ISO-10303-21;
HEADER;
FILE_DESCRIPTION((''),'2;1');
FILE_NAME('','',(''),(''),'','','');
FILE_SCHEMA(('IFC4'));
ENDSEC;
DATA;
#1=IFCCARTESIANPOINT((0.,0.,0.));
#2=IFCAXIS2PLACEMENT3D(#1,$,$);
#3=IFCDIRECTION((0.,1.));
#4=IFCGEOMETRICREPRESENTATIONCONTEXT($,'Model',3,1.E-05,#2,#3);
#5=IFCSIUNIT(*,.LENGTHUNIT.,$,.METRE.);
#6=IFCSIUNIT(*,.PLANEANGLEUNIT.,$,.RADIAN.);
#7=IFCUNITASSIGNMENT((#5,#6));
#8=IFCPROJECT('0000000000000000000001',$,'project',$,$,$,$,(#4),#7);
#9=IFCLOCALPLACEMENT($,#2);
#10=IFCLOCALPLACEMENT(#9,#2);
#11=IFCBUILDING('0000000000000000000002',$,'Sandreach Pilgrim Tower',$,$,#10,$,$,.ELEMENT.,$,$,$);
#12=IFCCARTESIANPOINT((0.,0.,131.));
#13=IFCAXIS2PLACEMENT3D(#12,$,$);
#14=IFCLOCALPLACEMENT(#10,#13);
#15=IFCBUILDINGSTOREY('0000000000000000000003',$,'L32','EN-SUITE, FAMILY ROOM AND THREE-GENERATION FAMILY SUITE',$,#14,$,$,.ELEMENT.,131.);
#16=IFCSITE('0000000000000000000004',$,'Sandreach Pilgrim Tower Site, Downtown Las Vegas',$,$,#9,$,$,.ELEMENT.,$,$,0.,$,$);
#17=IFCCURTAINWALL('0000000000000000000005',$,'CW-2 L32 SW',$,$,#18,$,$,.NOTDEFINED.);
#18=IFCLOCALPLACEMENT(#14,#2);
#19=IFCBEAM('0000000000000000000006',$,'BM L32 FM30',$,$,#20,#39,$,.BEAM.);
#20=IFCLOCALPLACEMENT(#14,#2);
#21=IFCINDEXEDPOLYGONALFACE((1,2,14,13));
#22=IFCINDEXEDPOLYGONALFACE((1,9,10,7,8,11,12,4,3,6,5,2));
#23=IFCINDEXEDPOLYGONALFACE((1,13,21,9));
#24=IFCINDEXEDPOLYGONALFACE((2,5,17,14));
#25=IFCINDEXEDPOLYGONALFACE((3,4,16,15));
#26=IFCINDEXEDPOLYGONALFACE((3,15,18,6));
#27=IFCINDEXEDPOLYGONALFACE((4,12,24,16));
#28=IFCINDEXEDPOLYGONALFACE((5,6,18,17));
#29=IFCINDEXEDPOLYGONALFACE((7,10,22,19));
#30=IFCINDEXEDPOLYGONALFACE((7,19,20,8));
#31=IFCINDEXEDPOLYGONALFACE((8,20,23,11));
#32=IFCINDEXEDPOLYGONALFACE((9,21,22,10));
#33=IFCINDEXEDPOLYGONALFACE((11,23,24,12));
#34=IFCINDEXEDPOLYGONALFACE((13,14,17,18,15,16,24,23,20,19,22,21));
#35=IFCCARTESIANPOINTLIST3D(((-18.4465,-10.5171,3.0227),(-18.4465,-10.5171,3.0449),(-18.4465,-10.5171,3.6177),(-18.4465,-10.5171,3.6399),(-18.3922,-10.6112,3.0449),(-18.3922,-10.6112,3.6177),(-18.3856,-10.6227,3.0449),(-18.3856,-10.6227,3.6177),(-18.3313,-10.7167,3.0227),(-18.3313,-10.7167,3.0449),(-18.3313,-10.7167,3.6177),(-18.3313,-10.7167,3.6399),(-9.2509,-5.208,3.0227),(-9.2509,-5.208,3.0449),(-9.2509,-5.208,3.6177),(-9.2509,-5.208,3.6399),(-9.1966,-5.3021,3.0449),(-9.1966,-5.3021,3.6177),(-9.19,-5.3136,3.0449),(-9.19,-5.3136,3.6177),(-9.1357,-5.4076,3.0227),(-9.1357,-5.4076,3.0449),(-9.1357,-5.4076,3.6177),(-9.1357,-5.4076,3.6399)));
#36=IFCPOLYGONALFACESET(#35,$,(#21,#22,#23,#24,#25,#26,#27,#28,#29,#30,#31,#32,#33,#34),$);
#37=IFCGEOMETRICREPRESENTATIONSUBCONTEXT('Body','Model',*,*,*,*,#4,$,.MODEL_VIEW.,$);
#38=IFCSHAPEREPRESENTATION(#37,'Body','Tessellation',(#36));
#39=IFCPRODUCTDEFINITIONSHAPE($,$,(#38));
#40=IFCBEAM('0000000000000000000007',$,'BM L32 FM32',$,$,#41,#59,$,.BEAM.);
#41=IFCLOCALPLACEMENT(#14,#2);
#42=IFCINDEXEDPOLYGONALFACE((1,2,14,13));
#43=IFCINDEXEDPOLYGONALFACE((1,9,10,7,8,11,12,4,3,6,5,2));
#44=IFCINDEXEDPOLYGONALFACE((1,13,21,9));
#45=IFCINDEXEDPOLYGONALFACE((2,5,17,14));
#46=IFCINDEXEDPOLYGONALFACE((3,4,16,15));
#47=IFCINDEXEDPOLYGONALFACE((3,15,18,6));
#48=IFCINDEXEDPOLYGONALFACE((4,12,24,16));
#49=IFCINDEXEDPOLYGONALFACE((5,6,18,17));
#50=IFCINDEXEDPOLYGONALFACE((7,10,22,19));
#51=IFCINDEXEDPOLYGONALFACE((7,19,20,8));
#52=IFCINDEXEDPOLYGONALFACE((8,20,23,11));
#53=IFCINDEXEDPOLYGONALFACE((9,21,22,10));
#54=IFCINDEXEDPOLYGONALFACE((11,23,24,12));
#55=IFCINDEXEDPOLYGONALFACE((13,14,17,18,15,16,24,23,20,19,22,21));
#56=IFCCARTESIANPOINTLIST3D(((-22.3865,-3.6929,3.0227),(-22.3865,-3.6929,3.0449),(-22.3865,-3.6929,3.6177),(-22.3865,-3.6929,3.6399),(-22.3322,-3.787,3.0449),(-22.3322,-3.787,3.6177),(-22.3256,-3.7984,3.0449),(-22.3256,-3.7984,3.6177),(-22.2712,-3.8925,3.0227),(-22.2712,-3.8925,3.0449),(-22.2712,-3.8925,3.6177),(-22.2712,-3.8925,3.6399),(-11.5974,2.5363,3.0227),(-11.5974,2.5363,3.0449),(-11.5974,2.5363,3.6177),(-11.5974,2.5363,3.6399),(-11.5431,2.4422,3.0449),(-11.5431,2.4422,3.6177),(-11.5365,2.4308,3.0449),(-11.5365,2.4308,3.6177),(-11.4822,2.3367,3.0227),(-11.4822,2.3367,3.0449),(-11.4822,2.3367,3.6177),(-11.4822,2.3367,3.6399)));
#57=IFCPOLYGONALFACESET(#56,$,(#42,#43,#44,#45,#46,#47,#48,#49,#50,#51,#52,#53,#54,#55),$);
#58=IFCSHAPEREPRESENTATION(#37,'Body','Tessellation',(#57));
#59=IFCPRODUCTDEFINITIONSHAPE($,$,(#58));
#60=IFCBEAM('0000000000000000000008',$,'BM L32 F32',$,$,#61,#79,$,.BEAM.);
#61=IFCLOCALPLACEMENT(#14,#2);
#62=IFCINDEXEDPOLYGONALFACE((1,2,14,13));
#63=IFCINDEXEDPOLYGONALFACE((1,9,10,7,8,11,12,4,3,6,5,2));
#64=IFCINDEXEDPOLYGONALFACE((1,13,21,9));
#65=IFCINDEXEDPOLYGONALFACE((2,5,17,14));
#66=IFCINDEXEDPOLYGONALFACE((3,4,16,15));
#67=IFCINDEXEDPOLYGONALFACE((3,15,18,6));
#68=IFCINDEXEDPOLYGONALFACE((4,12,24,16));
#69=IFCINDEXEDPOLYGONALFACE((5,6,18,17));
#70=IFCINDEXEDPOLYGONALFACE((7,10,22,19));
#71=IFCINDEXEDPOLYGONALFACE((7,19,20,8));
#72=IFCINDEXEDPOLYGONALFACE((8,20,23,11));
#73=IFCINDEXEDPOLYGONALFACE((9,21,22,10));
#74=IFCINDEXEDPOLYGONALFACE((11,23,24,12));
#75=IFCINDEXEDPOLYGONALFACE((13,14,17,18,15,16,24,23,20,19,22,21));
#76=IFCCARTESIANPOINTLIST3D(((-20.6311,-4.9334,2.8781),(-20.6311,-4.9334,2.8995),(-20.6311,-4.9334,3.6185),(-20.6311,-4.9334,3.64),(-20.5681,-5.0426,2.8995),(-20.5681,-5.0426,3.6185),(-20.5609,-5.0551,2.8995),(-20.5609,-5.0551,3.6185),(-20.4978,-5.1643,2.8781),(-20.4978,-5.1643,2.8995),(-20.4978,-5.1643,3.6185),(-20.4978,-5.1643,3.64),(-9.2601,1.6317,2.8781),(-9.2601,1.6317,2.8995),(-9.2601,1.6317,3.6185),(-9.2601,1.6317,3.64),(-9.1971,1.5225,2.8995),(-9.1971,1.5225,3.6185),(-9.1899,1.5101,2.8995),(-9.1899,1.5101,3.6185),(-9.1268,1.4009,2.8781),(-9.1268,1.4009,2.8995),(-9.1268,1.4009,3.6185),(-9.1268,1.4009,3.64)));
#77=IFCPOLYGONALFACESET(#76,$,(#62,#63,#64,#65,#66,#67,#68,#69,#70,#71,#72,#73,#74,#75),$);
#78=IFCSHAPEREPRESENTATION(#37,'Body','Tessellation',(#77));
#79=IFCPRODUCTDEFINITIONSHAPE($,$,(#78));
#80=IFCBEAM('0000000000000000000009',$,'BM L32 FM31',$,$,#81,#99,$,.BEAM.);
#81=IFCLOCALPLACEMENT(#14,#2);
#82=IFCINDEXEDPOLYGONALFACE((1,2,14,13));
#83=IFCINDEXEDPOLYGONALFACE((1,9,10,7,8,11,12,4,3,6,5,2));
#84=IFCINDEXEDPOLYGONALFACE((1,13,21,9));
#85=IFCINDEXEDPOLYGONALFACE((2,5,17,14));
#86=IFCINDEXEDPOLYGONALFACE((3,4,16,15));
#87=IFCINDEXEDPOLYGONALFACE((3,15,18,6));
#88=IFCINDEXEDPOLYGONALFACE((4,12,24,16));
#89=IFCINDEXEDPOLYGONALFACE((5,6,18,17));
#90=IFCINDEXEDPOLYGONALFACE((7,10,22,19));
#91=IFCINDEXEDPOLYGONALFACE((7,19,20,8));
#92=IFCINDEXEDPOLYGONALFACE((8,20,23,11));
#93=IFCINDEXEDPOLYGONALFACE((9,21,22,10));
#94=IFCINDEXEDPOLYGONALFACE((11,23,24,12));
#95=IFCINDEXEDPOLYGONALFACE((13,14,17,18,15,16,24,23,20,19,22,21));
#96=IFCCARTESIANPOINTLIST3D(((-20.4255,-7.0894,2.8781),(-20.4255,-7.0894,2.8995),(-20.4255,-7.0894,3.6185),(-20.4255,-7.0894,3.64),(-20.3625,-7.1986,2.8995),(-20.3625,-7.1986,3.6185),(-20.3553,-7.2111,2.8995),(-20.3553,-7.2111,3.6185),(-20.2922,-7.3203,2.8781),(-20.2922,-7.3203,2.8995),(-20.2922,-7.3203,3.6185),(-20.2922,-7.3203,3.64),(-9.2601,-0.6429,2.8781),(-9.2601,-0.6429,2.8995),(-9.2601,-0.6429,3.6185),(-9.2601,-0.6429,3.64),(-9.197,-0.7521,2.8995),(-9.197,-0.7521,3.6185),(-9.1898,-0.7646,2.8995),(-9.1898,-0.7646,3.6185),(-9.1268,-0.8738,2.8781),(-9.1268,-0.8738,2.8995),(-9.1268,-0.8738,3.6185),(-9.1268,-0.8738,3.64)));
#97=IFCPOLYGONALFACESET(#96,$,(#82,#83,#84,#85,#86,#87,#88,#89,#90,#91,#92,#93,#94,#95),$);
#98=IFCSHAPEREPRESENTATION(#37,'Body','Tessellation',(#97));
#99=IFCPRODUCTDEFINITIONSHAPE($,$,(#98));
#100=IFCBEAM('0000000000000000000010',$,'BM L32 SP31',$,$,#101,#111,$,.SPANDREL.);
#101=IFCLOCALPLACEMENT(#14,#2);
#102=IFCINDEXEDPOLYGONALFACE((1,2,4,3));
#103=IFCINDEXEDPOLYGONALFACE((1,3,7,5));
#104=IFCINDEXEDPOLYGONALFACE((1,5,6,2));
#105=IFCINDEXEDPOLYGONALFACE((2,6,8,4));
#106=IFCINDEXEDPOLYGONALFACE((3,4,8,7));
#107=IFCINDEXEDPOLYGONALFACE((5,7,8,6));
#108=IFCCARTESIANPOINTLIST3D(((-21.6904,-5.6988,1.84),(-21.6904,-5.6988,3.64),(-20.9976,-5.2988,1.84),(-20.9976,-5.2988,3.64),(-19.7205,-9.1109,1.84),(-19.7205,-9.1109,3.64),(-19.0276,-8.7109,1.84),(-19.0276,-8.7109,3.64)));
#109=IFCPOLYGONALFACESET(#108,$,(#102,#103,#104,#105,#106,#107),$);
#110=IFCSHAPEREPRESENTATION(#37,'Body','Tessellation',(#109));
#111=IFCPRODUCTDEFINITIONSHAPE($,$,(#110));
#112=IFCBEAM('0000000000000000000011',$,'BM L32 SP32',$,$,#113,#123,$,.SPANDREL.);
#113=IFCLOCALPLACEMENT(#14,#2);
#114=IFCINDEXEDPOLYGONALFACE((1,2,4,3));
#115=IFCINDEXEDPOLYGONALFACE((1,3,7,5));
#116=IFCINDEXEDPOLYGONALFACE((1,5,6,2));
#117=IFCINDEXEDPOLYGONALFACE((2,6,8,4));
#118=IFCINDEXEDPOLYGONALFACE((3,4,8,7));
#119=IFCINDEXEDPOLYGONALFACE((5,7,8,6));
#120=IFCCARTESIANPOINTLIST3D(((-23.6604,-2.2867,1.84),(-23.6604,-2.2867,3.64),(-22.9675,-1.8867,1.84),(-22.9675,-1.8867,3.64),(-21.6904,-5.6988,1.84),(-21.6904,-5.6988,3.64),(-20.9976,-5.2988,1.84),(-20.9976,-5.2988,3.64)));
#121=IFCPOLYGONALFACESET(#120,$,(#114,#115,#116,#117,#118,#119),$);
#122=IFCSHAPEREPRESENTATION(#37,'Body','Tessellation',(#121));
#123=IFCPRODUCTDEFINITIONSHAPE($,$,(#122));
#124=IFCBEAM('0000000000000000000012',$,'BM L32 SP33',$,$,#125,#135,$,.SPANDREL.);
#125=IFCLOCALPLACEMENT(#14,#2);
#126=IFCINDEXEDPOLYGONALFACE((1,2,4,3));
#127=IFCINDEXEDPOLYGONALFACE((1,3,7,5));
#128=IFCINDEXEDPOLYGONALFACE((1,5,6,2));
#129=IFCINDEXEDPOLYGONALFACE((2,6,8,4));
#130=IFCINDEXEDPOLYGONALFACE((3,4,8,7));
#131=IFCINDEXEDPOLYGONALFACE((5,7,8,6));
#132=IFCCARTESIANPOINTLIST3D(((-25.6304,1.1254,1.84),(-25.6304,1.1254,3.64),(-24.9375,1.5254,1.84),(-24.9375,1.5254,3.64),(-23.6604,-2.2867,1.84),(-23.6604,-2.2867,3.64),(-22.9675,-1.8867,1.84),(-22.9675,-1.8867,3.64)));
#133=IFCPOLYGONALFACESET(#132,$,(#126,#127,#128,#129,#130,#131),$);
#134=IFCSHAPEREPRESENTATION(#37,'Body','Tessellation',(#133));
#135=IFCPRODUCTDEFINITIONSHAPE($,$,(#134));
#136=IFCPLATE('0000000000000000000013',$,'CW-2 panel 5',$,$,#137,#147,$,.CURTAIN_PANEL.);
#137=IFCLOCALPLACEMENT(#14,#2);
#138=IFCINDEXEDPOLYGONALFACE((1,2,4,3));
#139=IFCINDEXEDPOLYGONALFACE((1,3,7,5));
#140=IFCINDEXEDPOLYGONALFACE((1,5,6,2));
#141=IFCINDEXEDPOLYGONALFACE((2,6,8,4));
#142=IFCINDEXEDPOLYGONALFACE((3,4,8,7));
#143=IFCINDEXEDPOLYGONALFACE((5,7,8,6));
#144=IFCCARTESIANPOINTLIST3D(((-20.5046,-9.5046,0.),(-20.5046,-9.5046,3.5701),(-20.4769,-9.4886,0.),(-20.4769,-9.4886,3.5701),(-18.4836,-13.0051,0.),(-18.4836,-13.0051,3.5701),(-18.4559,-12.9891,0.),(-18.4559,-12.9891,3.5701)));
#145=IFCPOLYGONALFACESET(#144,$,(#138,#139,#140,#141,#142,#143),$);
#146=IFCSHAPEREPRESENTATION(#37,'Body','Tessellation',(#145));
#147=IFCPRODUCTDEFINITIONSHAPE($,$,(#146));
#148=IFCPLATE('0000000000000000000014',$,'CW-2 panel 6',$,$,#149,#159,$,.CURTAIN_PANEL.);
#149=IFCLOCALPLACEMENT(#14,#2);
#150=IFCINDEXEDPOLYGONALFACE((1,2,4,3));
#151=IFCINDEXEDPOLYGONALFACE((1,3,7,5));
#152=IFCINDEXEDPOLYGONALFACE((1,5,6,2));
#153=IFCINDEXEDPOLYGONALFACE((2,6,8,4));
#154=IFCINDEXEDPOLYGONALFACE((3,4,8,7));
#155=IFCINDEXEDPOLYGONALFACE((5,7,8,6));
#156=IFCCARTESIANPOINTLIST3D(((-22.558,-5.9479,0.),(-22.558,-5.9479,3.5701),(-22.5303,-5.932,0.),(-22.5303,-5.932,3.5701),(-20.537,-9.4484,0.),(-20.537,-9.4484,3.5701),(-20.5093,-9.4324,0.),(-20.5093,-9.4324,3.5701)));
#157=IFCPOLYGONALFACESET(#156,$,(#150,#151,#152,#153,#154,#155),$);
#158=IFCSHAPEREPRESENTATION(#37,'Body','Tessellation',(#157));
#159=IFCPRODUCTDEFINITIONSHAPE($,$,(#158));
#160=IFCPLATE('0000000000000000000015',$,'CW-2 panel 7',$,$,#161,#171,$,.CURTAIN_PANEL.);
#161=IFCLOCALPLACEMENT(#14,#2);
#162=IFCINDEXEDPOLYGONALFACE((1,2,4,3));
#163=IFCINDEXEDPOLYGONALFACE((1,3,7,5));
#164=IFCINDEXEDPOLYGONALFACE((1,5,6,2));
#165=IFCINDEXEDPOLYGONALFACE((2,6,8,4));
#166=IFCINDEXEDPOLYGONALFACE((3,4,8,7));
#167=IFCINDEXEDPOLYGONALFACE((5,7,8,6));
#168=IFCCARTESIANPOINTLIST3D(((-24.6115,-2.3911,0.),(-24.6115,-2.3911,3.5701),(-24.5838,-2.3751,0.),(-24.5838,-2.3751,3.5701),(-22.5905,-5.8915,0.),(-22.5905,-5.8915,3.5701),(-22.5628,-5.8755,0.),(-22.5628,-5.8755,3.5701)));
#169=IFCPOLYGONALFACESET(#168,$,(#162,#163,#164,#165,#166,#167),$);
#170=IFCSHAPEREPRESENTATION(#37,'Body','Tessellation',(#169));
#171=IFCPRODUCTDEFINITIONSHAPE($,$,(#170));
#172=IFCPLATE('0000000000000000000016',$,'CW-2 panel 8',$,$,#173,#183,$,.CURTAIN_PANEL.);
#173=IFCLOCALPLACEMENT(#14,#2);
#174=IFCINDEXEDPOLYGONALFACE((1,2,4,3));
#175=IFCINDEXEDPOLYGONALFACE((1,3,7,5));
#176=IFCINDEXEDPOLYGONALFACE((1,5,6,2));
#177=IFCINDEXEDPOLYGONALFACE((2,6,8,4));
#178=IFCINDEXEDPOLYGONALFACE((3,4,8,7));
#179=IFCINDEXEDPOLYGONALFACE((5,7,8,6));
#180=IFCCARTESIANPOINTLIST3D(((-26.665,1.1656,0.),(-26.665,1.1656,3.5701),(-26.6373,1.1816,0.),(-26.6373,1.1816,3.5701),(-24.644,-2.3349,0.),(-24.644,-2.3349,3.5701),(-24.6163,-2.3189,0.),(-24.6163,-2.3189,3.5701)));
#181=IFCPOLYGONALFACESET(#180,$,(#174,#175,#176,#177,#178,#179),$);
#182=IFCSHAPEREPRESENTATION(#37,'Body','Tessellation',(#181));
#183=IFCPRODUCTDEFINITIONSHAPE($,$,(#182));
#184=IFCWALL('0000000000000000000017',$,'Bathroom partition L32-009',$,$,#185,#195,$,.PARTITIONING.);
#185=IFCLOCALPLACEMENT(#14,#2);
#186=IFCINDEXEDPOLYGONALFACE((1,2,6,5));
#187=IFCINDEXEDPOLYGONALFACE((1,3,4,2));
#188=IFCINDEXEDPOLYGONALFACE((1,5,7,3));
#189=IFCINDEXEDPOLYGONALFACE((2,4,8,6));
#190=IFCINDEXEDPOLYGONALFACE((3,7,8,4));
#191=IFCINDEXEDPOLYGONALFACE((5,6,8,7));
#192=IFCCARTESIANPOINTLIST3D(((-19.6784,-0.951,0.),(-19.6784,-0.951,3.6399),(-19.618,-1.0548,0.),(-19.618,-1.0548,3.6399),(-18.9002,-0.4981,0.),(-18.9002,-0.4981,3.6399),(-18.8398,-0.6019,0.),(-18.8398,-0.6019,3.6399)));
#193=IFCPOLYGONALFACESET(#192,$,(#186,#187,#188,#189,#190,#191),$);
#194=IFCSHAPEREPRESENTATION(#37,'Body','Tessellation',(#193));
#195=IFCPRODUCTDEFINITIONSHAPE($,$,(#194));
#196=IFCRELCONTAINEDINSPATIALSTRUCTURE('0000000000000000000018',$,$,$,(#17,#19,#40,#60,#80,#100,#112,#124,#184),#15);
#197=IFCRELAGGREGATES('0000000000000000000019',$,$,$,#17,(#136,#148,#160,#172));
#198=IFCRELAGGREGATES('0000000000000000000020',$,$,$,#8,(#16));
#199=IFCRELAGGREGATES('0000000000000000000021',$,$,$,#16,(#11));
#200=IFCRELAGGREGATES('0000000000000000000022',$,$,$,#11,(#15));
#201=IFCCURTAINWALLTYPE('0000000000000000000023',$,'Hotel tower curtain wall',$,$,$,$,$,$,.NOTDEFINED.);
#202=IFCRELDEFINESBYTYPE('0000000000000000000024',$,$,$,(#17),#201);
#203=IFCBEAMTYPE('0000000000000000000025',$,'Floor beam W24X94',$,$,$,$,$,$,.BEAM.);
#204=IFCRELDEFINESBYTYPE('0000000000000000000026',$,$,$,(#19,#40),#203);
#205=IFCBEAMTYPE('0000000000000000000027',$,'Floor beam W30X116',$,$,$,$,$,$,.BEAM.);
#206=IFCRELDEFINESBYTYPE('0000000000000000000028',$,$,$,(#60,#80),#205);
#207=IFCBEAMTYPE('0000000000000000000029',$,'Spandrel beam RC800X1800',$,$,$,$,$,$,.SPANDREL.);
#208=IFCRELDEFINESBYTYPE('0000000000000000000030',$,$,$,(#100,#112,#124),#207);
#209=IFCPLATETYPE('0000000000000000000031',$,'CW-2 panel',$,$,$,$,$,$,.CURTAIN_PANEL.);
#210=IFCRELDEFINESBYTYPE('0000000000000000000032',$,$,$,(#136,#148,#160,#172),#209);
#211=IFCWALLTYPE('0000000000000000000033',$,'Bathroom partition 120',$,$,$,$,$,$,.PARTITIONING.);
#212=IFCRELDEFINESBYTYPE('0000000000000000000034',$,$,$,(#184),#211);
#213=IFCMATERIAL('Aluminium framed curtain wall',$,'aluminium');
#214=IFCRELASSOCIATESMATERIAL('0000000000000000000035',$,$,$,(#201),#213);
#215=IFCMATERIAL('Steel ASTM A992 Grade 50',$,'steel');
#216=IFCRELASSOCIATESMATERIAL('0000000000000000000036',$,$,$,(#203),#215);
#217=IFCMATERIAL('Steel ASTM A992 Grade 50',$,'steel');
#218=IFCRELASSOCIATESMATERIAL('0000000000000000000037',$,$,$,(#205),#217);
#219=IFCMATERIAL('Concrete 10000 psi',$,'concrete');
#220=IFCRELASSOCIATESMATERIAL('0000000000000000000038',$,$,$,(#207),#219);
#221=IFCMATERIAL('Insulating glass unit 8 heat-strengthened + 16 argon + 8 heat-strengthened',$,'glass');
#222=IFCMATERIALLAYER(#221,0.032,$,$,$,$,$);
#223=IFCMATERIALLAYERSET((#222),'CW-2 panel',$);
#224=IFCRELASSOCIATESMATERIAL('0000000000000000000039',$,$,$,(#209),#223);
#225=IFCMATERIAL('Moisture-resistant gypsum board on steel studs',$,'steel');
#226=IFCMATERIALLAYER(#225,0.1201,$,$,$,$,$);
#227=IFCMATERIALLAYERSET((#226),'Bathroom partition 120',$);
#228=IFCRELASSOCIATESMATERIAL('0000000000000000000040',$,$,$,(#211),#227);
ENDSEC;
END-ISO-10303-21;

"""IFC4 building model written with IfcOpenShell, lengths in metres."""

from ifc_helpers import new_model, si_unit, direction, frame, frame_2d, origin, origin_2d, place, context, subcontext, project, spatial, rectangle, i_section, extrude, material, layer, layer_set, material_profile, profile_set, type_object, element, aggregate, save


model = new_model("IFC4")

# Units and contexts
model_context = context("Model", 3, precision=1e-05, world=origin(), true_north=direction((0.0, 1.0)))
body_context = subcontext(model_context, "Body", "Model", "MODEL_VIEW")
ifc_project = project(units=[si_unit("LENGTHUNIT", "METRE"), si_unit("PLANEANGLEUNIT", "RADIAN")], contexts=[model_context])

# Site, building, storey
site_placement = place(None, origin())
site = spatial("IfcSite", under=ifc_project, at=site_placement, Name="Sandreach Pilgrim Tower Site, Downtown Las Vegas", CompositionType="ELEMENT", RefElevation=0.0)
building_placement = place(site_placement, origin())
building = spatial("IfcBuilding", under=site, at=building_placement, Name="Sandreach Pilgrim Tower", CompositionType="ELEMENT")
storey_placement = place(building_placement, frame((0.0, 0.0, 131.0)))
storey = spatial("IfcBuildingStorey", under=building, at=storey_placement, Name="L32", Description="EN-SUITE, FAMILY ROOM AND THREE-GENERATION FAMILY SUITE", CompositionType="ELEMENT", Elevation=131.0)

# Curtain wall
ifc_material_1 = material(Name="Aluminium framed curtain wall", Category="aluminium")
curtain_wall_type = type_object("IfcCurtainWallType", Name="Hotel tower curtain wall", PredefinedType="NOTDEFINED", material=ifc_material_1)
curtain_wall_placement = place(storey_placement, origin())
curtain_wall = element("IfcCurtainWall", 1, at=curtain_wall_placement, inside=storey, type_object=curtain_wall_type, Name="CW-2 L32 SW", PredefinedType="NOTDEFINED")

# Beams
ifc_material_2 = material(Name="Steel ASTM A992 Grade 50", Category="steel")
ifc_material_profile_1 = material_profile(ifc_material_2, i_section(OverallWidth=0.2305, OverallDepth=0.6172, WebThickness=0.0132, FlangeThickness=0.0222, at=origin_2d()), Name="W24X94")
ifc_profile_set_1 = profile_set([ifc_material_profile_1], Name="Steel ASTM A992 Grade 50")
beam_type_1 = type_object("IfcBeamType", Name="Floor beam W24X94", PredefinedType="BEAM", material=ifc_profile_set_1)
beam_1_placement = place(storey_placement, frame((-18.3889, -10.6169, 3.3313), z_axis=(0.866024, 0.500002, 0.0), x_axis=(-0.500002, 0.866024, 0.0)))
element("IfcBeam", 2, at=beam_1_placement, inside=storey, type_object=beam_type_1, Name="BM L32 FM30", PredefinedType="BEAM", context=body_context, shape_type="SweptSolid", body=[
    extrude(i_section(OverallWidth=0.2305, OverallDepth=0.6172, WebThickness=0.0132, FlangeThickness=0.0222, at=origin_2d()), origin(), (0.0, 0.0, 1.0), 10.6182),
])
beam_2_placement = place(storey_placement, frame((-22.3289, -3.7927, 3.3313), z_axis=(0.866019, 0.500011, 0.0), x_axis=(-0.500011, 0.866019, 0.0)))
element("IfcBeam", 3, at=beam_2_placement, inside=storey, type_object=beam_type_1, Name="BM L32 FM32", PredefinedType="BEAM", context=body_context, shape_type="SweptSolid", body=[
    extrude(i_section(OverallWidth=0.2305, OverallDepth=0.6172, WebThickness=0.0132, FlangeThickness=0.0222, at=origin_2d()), origin(), (0.0, 0.0, 1.0), 12.4583),
])
ifc_material_3 = material(Name="Steel ASTM A992 Grade 50", Category="steel")
ifc_material_profile_2 = material_profile(ifc_material_3, i_section(OverallWidth=0.2666, OverallDepth=0.762, WebThickness=0.0144, FlangeThickness=0.0215, at=origin_2d()), Name="W30X116")
ifc_profile_set_2 = profile_set([ifc_material_profile_2], Name="Steel ASTM A992 Grade 50")
beam_type_2 = type_object("IfcBeamType", Name="Floor beam W30X116", PredefinedType="BEAM", material=ifc_profile_set_2)
beam_3_placement = place(storey_placement, frame((-20.5645, -5.0488, 3.259), z_axis=(0.866023, 0.500005, 0.0), x_axis=(-0.500005, 0.866023, 0.0)))
element("IfcBeam", 4, at=beam_3_placement, inside=storey, type_object=beam_type_2, Name="BM L32 F32", PredefinedType="BEAM", context=body_context, shape_type="SweptSolid", body=[
    extrude(i_section(OverallWidth=0.2666, OverallDepth=0.762, WebThickness=0.0144, FlangeThickness=0.0215, at=origin_2d()), origin(), (0.0, 0.0, 1.0), 13.1301),
])
beam_4_placement = place(storey_placement, frame((-20.3589, -7.2048, 3.259), z_axis=(0.866022, 0.500007, 0.0), x_axis=(-0.500007, 0.866022, 0.0)))
element("IfcBeam", 5, at=beam_4_placement, inside=storey, type_object=beam_type_2, Name="BM L32 FM31", PredefinedType="BEAM", context=body_context, shape_type="SweptSolid", body=[
    extrude(i_section(OverallWidth=0.2666, OverallDepth=0.762, WebThickness=0.0144, FlangeThickness=0.0215, at=origin_2d()), origin(), (0.0, 0.0, 1.0), 12.8928),
])
ifc_material_4 = material(Name="Concrete 10000 psi", Category="concrete")
ifc_material_profile_3 = material_profile(ifc_material_4, rectangle(XDim=0.8, YDim=1.8, at=origin_2d()), Name="RC800X1800")
ifc_profile_set_3 = profile_set([ifc_material_profile_3], Name="Concrete 10000 psi")
beam_type_3 = type_object("IfcBeamType", Name="Spandrel beam RC800X1800", PredefinedType="SPANDREL", material=ifc_profile_set_3)
for number, where, z_axis, x_axis, name in (
    (6, (-19.374, -8.9109, 2.74), (-0.499998, 0.866027, 0.0), (-0.866027, -0.499998, 0.0), "BM L32 SP31"),
    (7, (-21.344, -5.4988, 2.74), (-0.499998, 0.866027, 0.0), (-0.866027, -0.499998, 0.0), "BM L32 SP32"),
    (8, (-23.314, -2.0867, 2.74), (-0.499998, 0.866027, 0.0), (-0.866027, -0.499998, 0.0), "BM L32 SP33"),
):
    element("IfcBeam", number, at=place(storey_placement, frame(where, z_axis=z_axis, x_axis=x_axis)), inside=storey, type_object=beam_type_3, Name=name, PredefinedType="SPANDREL", context=body_context, shape_type="SweptSolid", body=[
        extrude(rectangle(XDim=0.8, YDim=1.8, at=origin_2d()), origin(), (0.0, 0.0, 1.0), 3.9399),
    ])

# Plates
ifc_material_5 = material(Name="Insulating glass unit 8 heat-strengthened + 16 argon + 8 heat-strengthened", Category="glass")
ifc_layer_1 = layer(ifc_material_5, 0.032)
ifc_layer_set_1 = layer_set([ifc_layer_1], Name="CW-2 panel")
plate_type = type_object("IfcPlateType", Name="CW-2 panel", PredefinedType="CURTAIN_PANEL", material=ifc_layer_set_1)
plate_1_placement = place(storey_placement, frame((-19.4802, -11.2468, 0.0), z_axis=(0.0, 0.0, 1.0), x_axis=(-0.5, 0.866025, 0.0)))
plate_1 = element("IfcPlate", 9, at=plate_1_placement, type_object=plate_type, Name="CW-2 panel 5", PredefinedType="CURTAIN_PANEL", context=body_context, shape_type="SweptSolid", body=[
    extrude(rectangle(XDim=4.042, YDim=0.032, at=origin_2d()), origin(), (0.0, 0.0, 1.0), 3.5701),
])
plate_2_placement = place(storey_placement, frame((-21.5337, -7.6902, 0.0), z_axis=(0.0, 0.0, 1.0), x_axis=(-0.5, 0.866025, 0.0)))
plate_2 = element("IfcPlate", 10, at=plate_2_placement, type_object=plate_type, Name="CW-2 panel 6", PredefinedType="CURTAIN_PANEL", context=body_context, shape_type="SweptSolid", body=[
    extrude(rectangle(XDim=4.042, YDim=0.032, at=origin_2d()), origin(), (0.0, 0.0, 1.0), 3.5701),
])
plate_3_placement = place(storey_placement, frame((-23.5872, -4.1333, 0.0), z_axis=(0.0, 0.0, 1.0), x_axis=(-0.5, 0.866025, 0.0)))
plate_3 = element("IfcPlate", 11, at=plate_3_placement, type_object=plate_type, Name="CW-2 panel 7", PredefinedType="CURTAIN_PANEL", context=body_context, shape_type="SweptSolid", body=[
    extrude(rectangle(XDim=4.042, YDim=0.032, at=origin_2d()), origin(), (0.0, 0.0, 1.0), 3.5701),
])
plate_4_placement = place(storey_placement, frame((-25.6406, -0.5767, 0.0), z_axis=(0.0, 0.0, 1.0), x_axis=(-0.5, 0.866025, 0.0)))
plate_4 = element("IfcPlate", 12, at=plate_4_placement, type_object=plate_type, Name="CW-2 panel 8", PredefinedType="CURTAIN_PANEL", context=body_context, shape_type="SweptSolid", body=[
    extrude(rectangle(XDim=4.042, YDim=0.032, at=origin_2d()), origin(), (0.0, 0.0, 1.0), 3.5701),
])
aggregate(curtain_wall, [plate_1, plate_2, plate_3, plate_4])

# Wall
ifc_material_6 = material(Name="Moisture-resistant gypsum board on steel studs", Category="steel")
ifc_layer_2 = layer(ifc_material_6, 0.1201)
ifc_layer_set_2 = layer_set([ifc_layer_2], Name="Bathroom partition 120")
wall_type_1 = type_object("IfcWallType", Name="Bathroom partition 120", PredefinedType="PARTITIONING", material=ifc_layer_set_2)
wall_1_placement = place(storey_placement, frame((-19.6482, -1.0029, 0.0), z_axis=(0.0, 0.0, 1.0), x_axis=(0.86426, 0.503045, 0.0)))
element("IfcWall", 13, at=wall_1_placement, inside=storey, type_object=wall_type_1, Name="Bathroom partition L32-009", PredefinedType="PARTITIONING", context=body_context, shape_type="SweptSolid", body=[
    extrude(rectangle(XDim=0.9004, YDim=0.1201, at=frame_2d((0.4502, 0.0))), origin(), (0.0, 0.0, 1.0), 3.6399),
])

save(model, "model.ifc")
